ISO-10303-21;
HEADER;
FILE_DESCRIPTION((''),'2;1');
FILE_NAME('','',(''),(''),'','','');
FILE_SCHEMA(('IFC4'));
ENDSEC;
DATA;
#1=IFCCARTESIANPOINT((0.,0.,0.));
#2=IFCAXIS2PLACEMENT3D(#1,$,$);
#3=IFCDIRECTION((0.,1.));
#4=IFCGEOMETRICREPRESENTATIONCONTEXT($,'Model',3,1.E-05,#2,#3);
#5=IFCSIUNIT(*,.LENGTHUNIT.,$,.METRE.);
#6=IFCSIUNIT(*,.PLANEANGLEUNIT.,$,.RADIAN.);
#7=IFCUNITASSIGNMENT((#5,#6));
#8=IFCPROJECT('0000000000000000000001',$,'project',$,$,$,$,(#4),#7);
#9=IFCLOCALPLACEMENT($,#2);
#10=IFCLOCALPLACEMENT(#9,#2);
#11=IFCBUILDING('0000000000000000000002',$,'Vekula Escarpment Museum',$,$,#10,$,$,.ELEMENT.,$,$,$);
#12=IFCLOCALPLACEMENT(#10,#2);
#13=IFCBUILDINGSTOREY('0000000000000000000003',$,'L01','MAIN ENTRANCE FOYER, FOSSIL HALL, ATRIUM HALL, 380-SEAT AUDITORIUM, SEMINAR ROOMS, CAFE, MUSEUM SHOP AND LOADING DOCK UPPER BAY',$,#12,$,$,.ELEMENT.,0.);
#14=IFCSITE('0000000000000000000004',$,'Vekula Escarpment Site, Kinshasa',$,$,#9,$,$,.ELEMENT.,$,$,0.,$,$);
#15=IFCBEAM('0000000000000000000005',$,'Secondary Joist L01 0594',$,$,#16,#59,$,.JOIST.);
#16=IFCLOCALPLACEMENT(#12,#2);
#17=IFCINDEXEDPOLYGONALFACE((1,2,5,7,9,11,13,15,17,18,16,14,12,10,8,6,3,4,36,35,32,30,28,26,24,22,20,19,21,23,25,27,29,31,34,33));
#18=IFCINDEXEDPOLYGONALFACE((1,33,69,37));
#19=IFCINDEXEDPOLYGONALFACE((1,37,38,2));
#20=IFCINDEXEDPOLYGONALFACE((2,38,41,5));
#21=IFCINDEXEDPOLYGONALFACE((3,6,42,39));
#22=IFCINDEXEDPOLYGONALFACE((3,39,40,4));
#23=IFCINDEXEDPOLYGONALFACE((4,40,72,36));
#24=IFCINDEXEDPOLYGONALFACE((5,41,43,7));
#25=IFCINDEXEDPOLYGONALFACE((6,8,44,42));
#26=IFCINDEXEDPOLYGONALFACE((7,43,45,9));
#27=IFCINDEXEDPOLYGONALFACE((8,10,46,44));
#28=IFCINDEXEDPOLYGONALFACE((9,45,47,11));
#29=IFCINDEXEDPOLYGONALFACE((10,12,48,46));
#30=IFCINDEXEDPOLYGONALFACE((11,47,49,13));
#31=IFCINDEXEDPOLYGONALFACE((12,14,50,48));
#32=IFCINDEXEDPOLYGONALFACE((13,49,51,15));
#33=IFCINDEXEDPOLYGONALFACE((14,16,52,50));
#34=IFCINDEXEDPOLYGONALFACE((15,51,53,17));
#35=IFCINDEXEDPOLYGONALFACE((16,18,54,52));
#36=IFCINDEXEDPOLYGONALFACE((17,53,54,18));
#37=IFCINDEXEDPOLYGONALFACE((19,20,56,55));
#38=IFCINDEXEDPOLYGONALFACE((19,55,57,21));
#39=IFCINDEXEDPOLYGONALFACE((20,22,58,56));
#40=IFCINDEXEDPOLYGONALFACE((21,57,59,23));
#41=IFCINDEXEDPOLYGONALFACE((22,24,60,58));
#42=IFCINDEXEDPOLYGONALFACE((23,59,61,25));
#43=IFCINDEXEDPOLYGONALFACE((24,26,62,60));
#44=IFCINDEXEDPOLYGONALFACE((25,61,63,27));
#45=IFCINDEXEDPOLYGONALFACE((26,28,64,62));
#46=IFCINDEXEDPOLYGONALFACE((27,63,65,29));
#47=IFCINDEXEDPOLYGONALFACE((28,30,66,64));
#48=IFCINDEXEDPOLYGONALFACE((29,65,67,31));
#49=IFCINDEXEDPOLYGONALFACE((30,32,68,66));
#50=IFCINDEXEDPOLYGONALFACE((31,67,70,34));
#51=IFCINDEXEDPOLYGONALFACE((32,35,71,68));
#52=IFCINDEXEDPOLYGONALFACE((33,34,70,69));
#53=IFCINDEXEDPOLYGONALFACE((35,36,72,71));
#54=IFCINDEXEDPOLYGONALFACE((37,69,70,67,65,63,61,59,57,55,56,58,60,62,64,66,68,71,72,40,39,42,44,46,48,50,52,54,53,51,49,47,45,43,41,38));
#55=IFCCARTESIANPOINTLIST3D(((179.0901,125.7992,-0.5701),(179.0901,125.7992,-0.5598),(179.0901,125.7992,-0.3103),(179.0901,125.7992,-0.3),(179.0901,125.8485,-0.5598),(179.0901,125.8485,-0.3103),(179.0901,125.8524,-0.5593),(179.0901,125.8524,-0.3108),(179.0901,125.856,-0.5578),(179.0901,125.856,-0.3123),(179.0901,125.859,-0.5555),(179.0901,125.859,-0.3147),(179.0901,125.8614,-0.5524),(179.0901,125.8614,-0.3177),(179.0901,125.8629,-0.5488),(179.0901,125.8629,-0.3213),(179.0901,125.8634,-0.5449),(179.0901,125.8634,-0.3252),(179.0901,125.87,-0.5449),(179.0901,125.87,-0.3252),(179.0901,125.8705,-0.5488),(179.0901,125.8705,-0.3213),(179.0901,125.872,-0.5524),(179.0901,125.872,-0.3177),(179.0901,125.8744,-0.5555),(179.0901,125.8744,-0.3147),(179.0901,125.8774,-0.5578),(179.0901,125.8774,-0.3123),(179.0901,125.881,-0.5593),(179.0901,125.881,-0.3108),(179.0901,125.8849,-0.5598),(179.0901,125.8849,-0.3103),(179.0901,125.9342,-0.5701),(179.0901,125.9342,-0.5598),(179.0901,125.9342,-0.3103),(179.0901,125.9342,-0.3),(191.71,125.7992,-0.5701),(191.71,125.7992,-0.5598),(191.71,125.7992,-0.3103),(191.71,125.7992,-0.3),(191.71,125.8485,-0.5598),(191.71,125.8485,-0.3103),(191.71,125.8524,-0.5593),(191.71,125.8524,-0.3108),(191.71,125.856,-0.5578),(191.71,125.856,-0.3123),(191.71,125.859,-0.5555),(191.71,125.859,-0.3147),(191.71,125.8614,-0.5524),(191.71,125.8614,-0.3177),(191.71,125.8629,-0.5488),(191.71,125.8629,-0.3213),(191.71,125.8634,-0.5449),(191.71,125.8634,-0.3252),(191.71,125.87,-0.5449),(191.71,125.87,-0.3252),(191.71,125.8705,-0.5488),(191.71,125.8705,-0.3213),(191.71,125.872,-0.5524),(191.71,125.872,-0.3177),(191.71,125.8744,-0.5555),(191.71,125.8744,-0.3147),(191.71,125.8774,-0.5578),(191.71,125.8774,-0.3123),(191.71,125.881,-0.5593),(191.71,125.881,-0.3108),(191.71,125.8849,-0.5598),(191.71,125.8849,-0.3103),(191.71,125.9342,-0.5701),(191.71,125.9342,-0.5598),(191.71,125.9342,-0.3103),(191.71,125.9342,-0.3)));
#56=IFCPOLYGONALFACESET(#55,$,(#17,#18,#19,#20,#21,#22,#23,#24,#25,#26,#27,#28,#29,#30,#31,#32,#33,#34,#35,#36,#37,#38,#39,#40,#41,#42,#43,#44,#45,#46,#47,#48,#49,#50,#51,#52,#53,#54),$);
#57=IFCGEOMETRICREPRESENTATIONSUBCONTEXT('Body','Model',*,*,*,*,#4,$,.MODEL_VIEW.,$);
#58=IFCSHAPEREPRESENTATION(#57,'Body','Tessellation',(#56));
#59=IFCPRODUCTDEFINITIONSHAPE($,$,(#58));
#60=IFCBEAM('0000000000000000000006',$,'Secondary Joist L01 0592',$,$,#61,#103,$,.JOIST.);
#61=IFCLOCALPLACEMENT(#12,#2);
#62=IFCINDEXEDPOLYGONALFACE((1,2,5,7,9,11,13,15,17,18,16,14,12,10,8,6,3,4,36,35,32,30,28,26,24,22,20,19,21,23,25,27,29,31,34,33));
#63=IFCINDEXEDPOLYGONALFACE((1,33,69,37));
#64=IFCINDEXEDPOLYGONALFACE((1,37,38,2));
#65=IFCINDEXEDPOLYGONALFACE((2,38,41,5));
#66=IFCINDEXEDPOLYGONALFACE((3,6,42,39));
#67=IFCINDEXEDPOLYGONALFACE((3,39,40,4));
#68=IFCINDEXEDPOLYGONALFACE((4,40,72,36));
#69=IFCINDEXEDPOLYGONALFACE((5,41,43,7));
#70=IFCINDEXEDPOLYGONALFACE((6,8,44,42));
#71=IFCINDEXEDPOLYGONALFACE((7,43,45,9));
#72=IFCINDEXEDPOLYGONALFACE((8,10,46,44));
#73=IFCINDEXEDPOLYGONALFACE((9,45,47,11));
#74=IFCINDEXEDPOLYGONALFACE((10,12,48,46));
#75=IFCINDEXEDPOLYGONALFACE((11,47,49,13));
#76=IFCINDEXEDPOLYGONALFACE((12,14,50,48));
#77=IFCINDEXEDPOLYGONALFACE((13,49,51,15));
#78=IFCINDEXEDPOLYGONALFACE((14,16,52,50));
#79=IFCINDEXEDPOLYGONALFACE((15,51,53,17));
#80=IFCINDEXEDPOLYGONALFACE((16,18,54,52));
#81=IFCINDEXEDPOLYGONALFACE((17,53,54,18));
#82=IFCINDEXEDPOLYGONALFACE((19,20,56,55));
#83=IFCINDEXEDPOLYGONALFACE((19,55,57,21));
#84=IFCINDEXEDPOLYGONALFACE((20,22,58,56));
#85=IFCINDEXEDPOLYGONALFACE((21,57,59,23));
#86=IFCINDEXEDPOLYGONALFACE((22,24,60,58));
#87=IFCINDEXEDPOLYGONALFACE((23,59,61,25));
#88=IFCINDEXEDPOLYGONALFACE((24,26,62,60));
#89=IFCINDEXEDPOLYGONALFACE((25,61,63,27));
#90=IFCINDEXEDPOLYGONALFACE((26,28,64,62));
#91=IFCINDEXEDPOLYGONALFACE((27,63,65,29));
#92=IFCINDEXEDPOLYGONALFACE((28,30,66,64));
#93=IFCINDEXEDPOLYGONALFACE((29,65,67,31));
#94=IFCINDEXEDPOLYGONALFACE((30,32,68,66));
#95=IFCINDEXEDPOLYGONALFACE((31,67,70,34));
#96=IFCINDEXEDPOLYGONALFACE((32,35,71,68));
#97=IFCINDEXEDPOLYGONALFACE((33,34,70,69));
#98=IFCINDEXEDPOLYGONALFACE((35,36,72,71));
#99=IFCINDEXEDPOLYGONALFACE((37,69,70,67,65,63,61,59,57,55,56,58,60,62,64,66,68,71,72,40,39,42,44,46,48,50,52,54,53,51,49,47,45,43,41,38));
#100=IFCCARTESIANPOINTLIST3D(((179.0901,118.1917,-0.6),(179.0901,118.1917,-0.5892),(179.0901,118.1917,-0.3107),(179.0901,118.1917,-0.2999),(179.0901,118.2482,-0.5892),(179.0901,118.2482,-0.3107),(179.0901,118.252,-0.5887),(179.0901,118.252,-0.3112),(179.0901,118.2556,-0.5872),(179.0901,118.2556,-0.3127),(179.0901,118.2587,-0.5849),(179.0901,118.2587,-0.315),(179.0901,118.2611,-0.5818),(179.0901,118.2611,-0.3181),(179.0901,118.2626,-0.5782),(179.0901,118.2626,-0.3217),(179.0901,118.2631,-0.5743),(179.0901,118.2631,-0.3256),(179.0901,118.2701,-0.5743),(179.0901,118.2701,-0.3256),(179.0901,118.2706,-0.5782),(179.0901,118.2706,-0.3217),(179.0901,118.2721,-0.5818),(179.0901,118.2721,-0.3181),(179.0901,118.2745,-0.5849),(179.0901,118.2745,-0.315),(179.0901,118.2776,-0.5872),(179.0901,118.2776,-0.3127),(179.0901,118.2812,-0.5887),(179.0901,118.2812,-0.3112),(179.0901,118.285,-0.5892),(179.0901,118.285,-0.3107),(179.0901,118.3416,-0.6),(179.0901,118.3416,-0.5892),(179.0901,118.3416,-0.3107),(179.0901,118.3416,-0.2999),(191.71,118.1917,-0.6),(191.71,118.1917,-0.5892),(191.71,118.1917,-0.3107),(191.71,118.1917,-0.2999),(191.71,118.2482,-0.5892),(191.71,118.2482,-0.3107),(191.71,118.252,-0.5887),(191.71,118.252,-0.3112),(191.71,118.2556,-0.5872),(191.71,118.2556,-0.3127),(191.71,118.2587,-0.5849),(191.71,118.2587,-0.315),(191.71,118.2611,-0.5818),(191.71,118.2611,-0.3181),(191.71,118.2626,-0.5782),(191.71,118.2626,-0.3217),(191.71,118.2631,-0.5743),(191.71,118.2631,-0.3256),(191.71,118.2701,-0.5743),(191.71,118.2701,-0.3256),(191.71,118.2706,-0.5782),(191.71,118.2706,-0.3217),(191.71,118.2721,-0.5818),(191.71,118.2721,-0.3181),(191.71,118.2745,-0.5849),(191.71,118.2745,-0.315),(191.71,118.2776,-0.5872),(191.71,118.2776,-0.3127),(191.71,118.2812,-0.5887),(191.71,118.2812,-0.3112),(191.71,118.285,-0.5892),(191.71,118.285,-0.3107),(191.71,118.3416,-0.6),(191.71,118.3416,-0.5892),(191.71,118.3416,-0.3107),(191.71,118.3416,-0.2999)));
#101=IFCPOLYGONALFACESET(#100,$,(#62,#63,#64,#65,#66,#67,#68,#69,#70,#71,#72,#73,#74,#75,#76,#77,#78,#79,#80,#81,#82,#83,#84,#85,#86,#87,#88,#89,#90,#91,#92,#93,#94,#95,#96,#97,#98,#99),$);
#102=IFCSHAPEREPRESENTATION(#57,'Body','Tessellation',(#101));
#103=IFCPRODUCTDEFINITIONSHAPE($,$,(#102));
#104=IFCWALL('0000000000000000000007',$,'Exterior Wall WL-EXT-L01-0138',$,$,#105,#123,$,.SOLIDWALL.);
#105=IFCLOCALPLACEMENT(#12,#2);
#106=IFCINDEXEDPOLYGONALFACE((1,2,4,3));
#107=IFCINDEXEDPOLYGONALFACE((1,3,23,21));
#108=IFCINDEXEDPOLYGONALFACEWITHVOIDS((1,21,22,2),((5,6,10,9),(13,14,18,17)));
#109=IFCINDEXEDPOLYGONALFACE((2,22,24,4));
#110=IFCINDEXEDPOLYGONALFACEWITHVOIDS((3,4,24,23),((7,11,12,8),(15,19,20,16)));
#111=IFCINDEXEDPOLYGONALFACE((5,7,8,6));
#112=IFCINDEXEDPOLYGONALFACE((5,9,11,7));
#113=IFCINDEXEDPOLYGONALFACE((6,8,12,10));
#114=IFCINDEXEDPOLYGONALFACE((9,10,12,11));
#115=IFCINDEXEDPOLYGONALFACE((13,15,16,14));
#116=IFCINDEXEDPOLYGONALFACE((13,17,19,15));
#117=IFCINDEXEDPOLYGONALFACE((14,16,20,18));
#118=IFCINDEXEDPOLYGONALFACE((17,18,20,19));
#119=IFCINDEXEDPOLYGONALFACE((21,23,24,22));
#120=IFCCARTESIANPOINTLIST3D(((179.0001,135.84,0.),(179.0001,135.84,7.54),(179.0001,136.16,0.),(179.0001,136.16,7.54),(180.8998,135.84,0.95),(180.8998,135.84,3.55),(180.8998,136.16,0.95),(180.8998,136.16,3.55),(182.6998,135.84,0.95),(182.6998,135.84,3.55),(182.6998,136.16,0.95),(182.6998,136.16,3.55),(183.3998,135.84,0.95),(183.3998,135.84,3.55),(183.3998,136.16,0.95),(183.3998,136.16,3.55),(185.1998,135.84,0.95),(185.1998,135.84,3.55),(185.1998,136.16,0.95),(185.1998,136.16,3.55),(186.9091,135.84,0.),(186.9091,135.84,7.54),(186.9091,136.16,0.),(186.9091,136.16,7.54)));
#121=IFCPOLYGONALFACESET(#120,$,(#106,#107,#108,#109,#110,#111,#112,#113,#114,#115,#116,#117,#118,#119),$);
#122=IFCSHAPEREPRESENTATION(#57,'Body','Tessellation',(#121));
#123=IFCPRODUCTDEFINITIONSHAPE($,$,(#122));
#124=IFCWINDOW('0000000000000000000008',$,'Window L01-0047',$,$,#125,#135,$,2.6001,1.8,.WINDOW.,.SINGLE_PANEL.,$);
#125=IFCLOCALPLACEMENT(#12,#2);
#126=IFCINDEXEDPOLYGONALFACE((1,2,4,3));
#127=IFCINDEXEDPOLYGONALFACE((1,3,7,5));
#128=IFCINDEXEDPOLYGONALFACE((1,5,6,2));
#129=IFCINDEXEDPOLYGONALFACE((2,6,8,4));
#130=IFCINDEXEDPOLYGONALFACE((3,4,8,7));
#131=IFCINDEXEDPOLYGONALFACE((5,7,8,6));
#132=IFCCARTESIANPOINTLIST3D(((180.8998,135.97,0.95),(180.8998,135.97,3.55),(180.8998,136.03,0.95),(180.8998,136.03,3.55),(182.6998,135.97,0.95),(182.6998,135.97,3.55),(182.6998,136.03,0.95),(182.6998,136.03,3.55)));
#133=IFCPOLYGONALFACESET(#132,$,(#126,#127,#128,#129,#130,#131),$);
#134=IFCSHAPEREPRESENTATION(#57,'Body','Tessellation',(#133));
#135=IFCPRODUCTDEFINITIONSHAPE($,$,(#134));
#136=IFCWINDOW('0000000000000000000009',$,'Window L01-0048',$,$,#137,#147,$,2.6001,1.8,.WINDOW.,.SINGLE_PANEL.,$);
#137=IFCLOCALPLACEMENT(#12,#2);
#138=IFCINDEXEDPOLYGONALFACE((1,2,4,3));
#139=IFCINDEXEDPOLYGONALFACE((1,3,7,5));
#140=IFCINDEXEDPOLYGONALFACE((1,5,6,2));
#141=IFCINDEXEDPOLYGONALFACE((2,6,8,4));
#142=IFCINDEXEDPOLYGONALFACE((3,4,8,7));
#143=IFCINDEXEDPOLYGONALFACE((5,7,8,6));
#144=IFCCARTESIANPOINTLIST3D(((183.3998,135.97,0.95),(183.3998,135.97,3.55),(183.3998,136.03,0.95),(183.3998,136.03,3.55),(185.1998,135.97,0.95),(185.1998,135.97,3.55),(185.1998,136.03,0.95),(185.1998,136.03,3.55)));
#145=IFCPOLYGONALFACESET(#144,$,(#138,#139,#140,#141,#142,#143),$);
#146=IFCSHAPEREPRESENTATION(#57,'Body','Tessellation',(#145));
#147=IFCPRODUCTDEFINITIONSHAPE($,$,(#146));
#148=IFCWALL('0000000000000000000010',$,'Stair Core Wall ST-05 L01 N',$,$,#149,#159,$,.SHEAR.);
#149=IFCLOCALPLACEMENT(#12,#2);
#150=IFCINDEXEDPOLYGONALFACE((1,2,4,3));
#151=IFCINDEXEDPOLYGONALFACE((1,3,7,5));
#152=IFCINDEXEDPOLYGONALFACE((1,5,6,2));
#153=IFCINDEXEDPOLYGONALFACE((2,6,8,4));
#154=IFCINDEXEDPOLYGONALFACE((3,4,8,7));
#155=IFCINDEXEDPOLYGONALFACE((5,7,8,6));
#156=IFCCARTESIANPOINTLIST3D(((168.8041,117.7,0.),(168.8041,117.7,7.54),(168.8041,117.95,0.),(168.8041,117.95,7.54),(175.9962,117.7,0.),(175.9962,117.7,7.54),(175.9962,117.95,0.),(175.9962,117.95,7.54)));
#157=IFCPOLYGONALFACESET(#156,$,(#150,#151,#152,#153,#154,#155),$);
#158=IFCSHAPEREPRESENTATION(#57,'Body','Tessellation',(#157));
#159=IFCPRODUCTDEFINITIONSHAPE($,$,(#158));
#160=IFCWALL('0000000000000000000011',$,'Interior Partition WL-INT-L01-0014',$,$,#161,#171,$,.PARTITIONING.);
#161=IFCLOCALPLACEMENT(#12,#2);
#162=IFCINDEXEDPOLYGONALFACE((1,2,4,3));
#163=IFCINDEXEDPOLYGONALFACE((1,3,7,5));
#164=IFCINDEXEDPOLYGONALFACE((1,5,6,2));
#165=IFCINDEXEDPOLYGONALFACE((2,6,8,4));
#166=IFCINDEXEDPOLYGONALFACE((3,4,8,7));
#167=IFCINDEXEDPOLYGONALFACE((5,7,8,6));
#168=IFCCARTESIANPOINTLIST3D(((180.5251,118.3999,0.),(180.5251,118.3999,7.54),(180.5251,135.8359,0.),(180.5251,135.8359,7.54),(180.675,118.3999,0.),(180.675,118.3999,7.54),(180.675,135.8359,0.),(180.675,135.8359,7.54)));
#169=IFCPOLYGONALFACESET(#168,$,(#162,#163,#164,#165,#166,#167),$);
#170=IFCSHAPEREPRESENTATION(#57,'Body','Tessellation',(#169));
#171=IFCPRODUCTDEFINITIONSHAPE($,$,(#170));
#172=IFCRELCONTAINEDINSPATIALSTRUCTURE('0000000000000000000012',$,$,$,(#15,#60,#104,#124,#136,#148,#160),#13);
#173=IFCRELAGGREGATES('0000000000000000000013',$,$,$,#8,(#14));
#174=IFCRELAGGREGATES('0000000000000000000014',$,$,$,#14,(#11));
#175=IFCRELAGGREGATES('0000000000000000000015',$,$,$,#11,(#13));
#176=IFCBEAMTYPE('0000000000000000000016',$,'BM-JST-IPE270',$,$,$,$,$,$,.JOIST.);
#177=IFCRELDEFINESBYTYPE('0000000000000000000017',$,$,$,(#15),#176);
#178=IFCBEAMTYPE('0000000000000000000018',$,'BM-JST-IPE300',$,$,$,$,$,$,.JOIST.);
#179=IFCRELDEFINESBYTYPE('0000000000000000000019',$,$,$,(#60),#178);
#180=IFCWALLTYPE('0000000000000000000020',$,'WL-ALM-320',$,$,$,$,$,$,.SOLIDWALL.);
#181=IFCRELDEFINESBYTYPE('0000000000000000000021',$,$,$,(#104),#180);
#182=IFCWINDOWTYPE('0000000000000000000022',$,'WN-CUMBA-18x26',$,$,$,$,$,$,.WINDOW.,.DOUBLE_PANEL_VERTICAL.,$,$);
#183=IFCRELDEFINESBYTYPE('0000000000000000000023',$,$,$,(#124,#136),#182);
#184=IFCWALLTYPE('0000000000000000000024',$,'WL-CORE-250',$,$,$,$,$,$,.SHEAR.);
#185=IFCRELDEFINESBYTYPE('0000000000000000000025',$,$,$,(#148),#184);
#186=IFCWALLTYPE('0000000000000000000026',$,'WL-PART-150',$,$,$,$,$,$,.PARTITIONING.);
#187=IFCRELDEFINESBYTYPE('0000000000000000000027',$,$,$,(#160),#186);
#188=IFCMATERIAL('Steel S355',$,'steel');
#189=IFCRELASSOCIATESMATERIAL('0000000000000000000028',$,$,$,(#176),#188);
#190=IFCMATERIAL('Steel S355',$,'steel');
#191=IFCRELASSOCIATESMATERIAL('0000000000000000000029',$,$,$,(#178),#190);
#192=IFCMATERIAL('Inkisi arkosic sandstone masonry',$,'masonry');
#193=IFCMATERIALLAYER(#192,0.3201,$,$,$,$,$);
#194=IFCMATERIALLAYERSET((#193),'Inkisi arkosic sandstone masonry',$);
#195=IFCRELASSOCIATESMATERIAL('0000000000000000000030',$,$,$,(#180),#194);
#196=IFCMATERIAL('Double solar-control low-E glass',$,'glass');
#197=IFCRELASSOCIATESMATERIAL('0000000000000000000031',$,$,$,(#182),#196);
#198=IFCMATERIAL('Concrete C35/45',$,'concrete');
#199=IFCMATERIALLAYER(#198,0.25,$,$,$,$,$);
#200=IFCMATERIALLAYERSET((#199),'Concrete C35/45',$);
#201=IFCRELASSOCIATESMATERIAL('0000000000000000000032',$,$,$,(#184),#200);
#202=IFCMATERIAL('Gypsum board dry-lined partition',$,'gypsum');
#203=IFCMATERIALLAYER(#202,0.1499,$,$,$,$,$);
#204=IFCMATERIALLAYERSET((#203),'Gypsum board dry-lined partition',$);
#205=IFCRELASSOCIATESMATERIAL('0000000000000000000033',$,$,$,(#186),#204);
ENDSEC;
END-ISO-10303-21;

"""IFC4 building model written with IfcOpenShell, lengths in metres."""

from ifc_helpers import new_model, si_unit, direction, frame, frame_2d, origin, origin_2d, place, context, subcontext, project, spatial, rectangle, i_section, extrude, material, layer, layer_set, material_profile, profile_set, type_object, element, fill, save


model = new_model("IFC4")

# Units and contexts
model_context = context("Model", 3, precision=1e-05, world=origin(), true_north=direction((0.0, 1.0)))
body_context = subcontext(model_context, "Body", "Model", "MODEL_VIEW")
ifc_project = project(units=[si_unit("LENGTHUNIT", "METRE"), si_unit("PLANEANGLEUNIT", "RADIAN")], contexts=[model_context])

# Site, building, storey
site_placement = place(None, origin())
site = spatial("IfcSite", under=ifc_project, at=site_placement, Name="Vekula Escarpment Site, Kinshasa", CompositionType="ELEMENT", RefElevation=0.0)
building_placement = place(site_placement, origin())
building = spatial("IfcBuilding", under=site, at=building_placement, Name="Vekula Escarpment Museum", CompositionType="ELEMENT")
storey_placement = place(building_placement, origin())
storey = spatial("IfcBuildingStorey", under=building, at=storey_placement, Name="L01", Description="MAIN ENTRANCE FOYER, FOSSIL HALL, ATRIUM HALL, 380-SEAT AUDITORIUM, SEMINAR ROOMS, CAFE, MUSEUM SHOP AND LOADING DOCK UPPER BAY", CompositionType="ELEMENT", Elevation=0.0)

# Beams
ifc_material_1 = material(Name="Steel S355", Category="steel")
ifc_material_profile_1 = material_profile(ifc_material_1, i_section(OverallWidth=0.135, OverallDepth=0.27, WebThickness=0.0066, FlangeThickness=0.0103, FilletRadius=0.0149, at=origin_2d()), Name="IPE 270")
ifc_profile_set_1 = profile_set([ifc_material_profile_1], Name="Steel S355")
beam_type_1 = type_object("IfcBeamType", Name="BM-JST-IPE270", PredefinedType="JOIST", material=ifc_profile_set_1)
for number, where, z_axis, x_axis, name in (
    (1, (179.0901, 125.8667, -0.4351), (1.0, 0.0, 0.0), (0.0, 1.0, 0.0), "Secondary Joist L01 0594"),
):
    element("IfcBeam", number, at=place(storey_placement, frame(where, z_axis=z_axis, x_axis=x_axis)), inside=storey, type_object=beam_type_1, Name=name, PredefinedType="JOIST", context=body_context, shape_type="SweptSolid", body=[
        extrude(i_section(OverallWidth=0.135, OverallDepth=0.27, WebThickness=0.0066, FlangeThickness=0.0103, FilletRadius=0.0149, at=origin_2d()), origin(), (0.0, 0.0, 1.0), 12.6199),
    ])
ifc_material_2 = material(Name="Steel S355", Category="steel")
ifc_material_profile_2 = material_profile(ifc_material_2, i_section(OverallWidth=0.1499, OverallDepth=0.3, WebThickness=0.0071, FlangeThickness=0.0107, FilletRadius=0.0149, at=origin_2d()), Name="IPE 300")
ifc_profile_set_2 = profile_set([ifc_material_profile_2], Name="Steel S355")
beam_type_2 = type_object("IfcBeamType", Name="BM-JST-IPE300", PredefinedType="JOIST", material=ifc_profile_set_2)
beam_1_placement = place(storey_placement, frame((179.0901, 118.2666, -0.45), z_axis=(1.0, 0.0, 0.0), x_axis=(0.0, 1.0, 0.0)))
element("IfcBeam", 2, at=beam_1_placement, inside=storey, type_object=beam_type_2, Name="Secondary Joist L01 0592", PredefinedType="JOIST", context=body_context, shape_type="SweptSolid", body=[
    extrude(i_section(OverallWidth=0.1499, OverallDepth=0.3, WebThickness=0.0071, FlangeThickness=0.0107, FilletRadius=0.0149, at=origin_2d()), origin(), (0.0, 0.0, 1.0), 12.6199),
])

# Wall, openings, windows
ifc_material_3 = material(Name="Inkisi arkosic sandstone masonry", Category="masonry")
ifc_layer_1 = layer(ifc_material_3, 0.3201)
ifc_layer_set_1 = layer_set([ifc_layer_1], Name="Inkisi arkosic sandstone masonry")
wall_type_1 = type_object("IfcWallType", Name="WL-ALM-320", PredefinedType="SOLIDWALL", material=ifc_layer_set_1)
wall_1_placement = place(storey_placement, frame((179.0, 136.0, 0.0), z_axis=(0.0, 0.0, 1.0), x_axis=(1.0, 0.0, 0.0)))
wall_1 = element("IfcWall", 3, at=wall_1_placement, inside=storey, type_object=wall_type_1, Name="Exterior Wall WL-EXT-L01-0138", PredefinedType="SOLIDWALL", context=body_context, shape_type="SweptSolid", body=[
    extrude(rectangle(XDim=7.9089, YDim=0.3201, at=frame_2d((3.9546, 0.0))), origin(), (0.0, 0.0, 1.0), 7.54),
])
opening_1_placement = place(wall_1_placement, frame((1.8999, 0.0, 0.95)))
opening_1 = element("IfcOpeningElement", 4, at=opening_1_placement, cuts=wall_1, PredefinedType="OPENING", context=body_context, shape_type="SweptSolid", body=[
    extrude(rectangle(XDim=1.8, YDim=2.6001, at=frame_2d((0.8999, 1.3))), frame((0.0, 0.1699, 0.0), z_axis=(0.0, -1.0, 0.0), x_axis=(1.0, 0.0, 0.0)), (0.0, 0.0, 1.0), 0.3401),
])
opening_2_placement = place(wall_1_placement, frame((4.3999, 0.0, 0.95)))
opening_2 = element("IfcOpeningElement", 5, at=opening_2_placement, cuts=wall_1, PredefinedType="OPENING", context=body_context, shape_type="SweptSolid", body=[
    extrude(rectangle(XDim=1.8, YDim=2.6001, at=frame_2d((0.8999, 1.3))), frame((0.0, 0.1699, 0.0), z_axis=(0.0, -1.0, 0.0), x_axis=(1.0, 0.0, 0.0)), (0.0, 0.0, 1.0), 0.3401),
])
ifc_material_4 = material(Name="Double solar-control low-E glass", Category="glass")
window_type = type_object("IfcWindowType", Name="WN-CUMBA-18x26", PartitioningType="DOUBLE_PANEL_VERTICAL", PredefinedType="WINDOW", material=ifc_material_4)
window_1_placement = place(opening_1_placement, origin())
window_1 = element("IfcWindow", 6, at=window_1_placement, inside=storey, type_object=window_type, Name="Window L01-0047", OverallHeight=2.6001, OverallWidth=1.8, PartitioningType="SINGLE_PANEL", PredefinedType="WINDOW", context=body_context, shape_type="SweptSolid", body=[
    extrude(rectangle(XDim=1.8, YDim=2.6001, at=frame_2d((0.8999, 1.3))), frame((0.0, 0.03, 0.0), z_axis=(0.0, -1.0, 0.0), x_axis=(1.0, 0.0, 0.0)), (0.0, 0.0, 1.0), 0.0601),
])
fill(opening_1, window_1)
window_2_placement = place(opening_2_placement, origin())
window_2 = element("IfcWindow", 7, at=window_2_placement, inside=storey, type_object=window_type, Name="Window L01-0048", OverallHeight=2.6001, OverallWidth=1.8, PartitioningType="SINGLE_PANEL", PredefinedType="WINDOW", context=body_context, shape_type="SweptSolid", body=[
    extrude(rectangle(XDim=1.8, YDim=2.6001, at=frame_2d((0.8999, 1.3))), frame((0.0, 0.03, 0.0), z_axis=(0.0, -1.0, 0.0), x_axis=(1.0, 0.0, 0.0)), (0.0, 0.0, 1.0), 0.0601),
])
fill(opening_2, window_2)

# Walls
ifc_material_5 = material(Name="Concrete C35/45", Category="concrete")
ifc_layer_2 = layer(ifc_material_5, 0.25)
ifc_layer_set_2 = layer_set([ifc_layer_2], Name="Concrete C35/45")
wall_type_2 = type_object("IfcWallType", Name="WL-CORE-250", PredefinedType="SHEAR", material=ifc_layer_set_2)
wall_2_placement = place(storey_placement, frame((168.804, 117.825, 0.0), z_axis=(0.0, 0.0, 1.0), x_axis=(1.0, 0.0, 0.0)))
element("IfcWall", 8, at=wall_2_placement, inside=storey, type_object=wall_type_2, Name="Stair Core Wall ST-05 L01 N", PredefinedType="SHEAR", context=body_context, shape_type="SweptSolid", body=[
    extrude(rectangle(XDim=7.1921, YDim=0.25, at=frame_2d((3.5962, 0.0))), origin(), (0.0, 0.0, 1.0), 7.54),
])
ifc_material_6 = material(Name="Gypsum board dry-lined partition", Category="gypsum")
ifc_layer_3 = layer(ifc_material_6, 0.1499)
ifc_layer_set_3 = layer_set([ifc_layer_3], Name="Gypsum board dry-lined partition")
wall_type_3 = type_object("IfcWallType", Name="WL-PART-150", PredefinedType="PARTITIONING", material=ifc_layer_set_3)
wall_3_placement = place(storey_placement, frame((180.6001, 118.3999, 0.0), z_axis=(0.0, 0.0, 1.0), x_axis=(0.0, 1.0, 0.0)))
element("IfcWall", 9, at=wall_3_placement, inside=storey, type_object=wall_type_3, Name="Interior Partition WL-INT-L01-0014", PredefinedType="PARTITIONING", context=body_context, shape_type="SweptSolid", body=[
    extrude(rectangle(XDim=17.436, YDim=0.1499, at=frame_2d((8.718, 0.0))), origin(), (0.0, 0.0, 1.0), 7.54),
])

save(model, "model.ifc")
